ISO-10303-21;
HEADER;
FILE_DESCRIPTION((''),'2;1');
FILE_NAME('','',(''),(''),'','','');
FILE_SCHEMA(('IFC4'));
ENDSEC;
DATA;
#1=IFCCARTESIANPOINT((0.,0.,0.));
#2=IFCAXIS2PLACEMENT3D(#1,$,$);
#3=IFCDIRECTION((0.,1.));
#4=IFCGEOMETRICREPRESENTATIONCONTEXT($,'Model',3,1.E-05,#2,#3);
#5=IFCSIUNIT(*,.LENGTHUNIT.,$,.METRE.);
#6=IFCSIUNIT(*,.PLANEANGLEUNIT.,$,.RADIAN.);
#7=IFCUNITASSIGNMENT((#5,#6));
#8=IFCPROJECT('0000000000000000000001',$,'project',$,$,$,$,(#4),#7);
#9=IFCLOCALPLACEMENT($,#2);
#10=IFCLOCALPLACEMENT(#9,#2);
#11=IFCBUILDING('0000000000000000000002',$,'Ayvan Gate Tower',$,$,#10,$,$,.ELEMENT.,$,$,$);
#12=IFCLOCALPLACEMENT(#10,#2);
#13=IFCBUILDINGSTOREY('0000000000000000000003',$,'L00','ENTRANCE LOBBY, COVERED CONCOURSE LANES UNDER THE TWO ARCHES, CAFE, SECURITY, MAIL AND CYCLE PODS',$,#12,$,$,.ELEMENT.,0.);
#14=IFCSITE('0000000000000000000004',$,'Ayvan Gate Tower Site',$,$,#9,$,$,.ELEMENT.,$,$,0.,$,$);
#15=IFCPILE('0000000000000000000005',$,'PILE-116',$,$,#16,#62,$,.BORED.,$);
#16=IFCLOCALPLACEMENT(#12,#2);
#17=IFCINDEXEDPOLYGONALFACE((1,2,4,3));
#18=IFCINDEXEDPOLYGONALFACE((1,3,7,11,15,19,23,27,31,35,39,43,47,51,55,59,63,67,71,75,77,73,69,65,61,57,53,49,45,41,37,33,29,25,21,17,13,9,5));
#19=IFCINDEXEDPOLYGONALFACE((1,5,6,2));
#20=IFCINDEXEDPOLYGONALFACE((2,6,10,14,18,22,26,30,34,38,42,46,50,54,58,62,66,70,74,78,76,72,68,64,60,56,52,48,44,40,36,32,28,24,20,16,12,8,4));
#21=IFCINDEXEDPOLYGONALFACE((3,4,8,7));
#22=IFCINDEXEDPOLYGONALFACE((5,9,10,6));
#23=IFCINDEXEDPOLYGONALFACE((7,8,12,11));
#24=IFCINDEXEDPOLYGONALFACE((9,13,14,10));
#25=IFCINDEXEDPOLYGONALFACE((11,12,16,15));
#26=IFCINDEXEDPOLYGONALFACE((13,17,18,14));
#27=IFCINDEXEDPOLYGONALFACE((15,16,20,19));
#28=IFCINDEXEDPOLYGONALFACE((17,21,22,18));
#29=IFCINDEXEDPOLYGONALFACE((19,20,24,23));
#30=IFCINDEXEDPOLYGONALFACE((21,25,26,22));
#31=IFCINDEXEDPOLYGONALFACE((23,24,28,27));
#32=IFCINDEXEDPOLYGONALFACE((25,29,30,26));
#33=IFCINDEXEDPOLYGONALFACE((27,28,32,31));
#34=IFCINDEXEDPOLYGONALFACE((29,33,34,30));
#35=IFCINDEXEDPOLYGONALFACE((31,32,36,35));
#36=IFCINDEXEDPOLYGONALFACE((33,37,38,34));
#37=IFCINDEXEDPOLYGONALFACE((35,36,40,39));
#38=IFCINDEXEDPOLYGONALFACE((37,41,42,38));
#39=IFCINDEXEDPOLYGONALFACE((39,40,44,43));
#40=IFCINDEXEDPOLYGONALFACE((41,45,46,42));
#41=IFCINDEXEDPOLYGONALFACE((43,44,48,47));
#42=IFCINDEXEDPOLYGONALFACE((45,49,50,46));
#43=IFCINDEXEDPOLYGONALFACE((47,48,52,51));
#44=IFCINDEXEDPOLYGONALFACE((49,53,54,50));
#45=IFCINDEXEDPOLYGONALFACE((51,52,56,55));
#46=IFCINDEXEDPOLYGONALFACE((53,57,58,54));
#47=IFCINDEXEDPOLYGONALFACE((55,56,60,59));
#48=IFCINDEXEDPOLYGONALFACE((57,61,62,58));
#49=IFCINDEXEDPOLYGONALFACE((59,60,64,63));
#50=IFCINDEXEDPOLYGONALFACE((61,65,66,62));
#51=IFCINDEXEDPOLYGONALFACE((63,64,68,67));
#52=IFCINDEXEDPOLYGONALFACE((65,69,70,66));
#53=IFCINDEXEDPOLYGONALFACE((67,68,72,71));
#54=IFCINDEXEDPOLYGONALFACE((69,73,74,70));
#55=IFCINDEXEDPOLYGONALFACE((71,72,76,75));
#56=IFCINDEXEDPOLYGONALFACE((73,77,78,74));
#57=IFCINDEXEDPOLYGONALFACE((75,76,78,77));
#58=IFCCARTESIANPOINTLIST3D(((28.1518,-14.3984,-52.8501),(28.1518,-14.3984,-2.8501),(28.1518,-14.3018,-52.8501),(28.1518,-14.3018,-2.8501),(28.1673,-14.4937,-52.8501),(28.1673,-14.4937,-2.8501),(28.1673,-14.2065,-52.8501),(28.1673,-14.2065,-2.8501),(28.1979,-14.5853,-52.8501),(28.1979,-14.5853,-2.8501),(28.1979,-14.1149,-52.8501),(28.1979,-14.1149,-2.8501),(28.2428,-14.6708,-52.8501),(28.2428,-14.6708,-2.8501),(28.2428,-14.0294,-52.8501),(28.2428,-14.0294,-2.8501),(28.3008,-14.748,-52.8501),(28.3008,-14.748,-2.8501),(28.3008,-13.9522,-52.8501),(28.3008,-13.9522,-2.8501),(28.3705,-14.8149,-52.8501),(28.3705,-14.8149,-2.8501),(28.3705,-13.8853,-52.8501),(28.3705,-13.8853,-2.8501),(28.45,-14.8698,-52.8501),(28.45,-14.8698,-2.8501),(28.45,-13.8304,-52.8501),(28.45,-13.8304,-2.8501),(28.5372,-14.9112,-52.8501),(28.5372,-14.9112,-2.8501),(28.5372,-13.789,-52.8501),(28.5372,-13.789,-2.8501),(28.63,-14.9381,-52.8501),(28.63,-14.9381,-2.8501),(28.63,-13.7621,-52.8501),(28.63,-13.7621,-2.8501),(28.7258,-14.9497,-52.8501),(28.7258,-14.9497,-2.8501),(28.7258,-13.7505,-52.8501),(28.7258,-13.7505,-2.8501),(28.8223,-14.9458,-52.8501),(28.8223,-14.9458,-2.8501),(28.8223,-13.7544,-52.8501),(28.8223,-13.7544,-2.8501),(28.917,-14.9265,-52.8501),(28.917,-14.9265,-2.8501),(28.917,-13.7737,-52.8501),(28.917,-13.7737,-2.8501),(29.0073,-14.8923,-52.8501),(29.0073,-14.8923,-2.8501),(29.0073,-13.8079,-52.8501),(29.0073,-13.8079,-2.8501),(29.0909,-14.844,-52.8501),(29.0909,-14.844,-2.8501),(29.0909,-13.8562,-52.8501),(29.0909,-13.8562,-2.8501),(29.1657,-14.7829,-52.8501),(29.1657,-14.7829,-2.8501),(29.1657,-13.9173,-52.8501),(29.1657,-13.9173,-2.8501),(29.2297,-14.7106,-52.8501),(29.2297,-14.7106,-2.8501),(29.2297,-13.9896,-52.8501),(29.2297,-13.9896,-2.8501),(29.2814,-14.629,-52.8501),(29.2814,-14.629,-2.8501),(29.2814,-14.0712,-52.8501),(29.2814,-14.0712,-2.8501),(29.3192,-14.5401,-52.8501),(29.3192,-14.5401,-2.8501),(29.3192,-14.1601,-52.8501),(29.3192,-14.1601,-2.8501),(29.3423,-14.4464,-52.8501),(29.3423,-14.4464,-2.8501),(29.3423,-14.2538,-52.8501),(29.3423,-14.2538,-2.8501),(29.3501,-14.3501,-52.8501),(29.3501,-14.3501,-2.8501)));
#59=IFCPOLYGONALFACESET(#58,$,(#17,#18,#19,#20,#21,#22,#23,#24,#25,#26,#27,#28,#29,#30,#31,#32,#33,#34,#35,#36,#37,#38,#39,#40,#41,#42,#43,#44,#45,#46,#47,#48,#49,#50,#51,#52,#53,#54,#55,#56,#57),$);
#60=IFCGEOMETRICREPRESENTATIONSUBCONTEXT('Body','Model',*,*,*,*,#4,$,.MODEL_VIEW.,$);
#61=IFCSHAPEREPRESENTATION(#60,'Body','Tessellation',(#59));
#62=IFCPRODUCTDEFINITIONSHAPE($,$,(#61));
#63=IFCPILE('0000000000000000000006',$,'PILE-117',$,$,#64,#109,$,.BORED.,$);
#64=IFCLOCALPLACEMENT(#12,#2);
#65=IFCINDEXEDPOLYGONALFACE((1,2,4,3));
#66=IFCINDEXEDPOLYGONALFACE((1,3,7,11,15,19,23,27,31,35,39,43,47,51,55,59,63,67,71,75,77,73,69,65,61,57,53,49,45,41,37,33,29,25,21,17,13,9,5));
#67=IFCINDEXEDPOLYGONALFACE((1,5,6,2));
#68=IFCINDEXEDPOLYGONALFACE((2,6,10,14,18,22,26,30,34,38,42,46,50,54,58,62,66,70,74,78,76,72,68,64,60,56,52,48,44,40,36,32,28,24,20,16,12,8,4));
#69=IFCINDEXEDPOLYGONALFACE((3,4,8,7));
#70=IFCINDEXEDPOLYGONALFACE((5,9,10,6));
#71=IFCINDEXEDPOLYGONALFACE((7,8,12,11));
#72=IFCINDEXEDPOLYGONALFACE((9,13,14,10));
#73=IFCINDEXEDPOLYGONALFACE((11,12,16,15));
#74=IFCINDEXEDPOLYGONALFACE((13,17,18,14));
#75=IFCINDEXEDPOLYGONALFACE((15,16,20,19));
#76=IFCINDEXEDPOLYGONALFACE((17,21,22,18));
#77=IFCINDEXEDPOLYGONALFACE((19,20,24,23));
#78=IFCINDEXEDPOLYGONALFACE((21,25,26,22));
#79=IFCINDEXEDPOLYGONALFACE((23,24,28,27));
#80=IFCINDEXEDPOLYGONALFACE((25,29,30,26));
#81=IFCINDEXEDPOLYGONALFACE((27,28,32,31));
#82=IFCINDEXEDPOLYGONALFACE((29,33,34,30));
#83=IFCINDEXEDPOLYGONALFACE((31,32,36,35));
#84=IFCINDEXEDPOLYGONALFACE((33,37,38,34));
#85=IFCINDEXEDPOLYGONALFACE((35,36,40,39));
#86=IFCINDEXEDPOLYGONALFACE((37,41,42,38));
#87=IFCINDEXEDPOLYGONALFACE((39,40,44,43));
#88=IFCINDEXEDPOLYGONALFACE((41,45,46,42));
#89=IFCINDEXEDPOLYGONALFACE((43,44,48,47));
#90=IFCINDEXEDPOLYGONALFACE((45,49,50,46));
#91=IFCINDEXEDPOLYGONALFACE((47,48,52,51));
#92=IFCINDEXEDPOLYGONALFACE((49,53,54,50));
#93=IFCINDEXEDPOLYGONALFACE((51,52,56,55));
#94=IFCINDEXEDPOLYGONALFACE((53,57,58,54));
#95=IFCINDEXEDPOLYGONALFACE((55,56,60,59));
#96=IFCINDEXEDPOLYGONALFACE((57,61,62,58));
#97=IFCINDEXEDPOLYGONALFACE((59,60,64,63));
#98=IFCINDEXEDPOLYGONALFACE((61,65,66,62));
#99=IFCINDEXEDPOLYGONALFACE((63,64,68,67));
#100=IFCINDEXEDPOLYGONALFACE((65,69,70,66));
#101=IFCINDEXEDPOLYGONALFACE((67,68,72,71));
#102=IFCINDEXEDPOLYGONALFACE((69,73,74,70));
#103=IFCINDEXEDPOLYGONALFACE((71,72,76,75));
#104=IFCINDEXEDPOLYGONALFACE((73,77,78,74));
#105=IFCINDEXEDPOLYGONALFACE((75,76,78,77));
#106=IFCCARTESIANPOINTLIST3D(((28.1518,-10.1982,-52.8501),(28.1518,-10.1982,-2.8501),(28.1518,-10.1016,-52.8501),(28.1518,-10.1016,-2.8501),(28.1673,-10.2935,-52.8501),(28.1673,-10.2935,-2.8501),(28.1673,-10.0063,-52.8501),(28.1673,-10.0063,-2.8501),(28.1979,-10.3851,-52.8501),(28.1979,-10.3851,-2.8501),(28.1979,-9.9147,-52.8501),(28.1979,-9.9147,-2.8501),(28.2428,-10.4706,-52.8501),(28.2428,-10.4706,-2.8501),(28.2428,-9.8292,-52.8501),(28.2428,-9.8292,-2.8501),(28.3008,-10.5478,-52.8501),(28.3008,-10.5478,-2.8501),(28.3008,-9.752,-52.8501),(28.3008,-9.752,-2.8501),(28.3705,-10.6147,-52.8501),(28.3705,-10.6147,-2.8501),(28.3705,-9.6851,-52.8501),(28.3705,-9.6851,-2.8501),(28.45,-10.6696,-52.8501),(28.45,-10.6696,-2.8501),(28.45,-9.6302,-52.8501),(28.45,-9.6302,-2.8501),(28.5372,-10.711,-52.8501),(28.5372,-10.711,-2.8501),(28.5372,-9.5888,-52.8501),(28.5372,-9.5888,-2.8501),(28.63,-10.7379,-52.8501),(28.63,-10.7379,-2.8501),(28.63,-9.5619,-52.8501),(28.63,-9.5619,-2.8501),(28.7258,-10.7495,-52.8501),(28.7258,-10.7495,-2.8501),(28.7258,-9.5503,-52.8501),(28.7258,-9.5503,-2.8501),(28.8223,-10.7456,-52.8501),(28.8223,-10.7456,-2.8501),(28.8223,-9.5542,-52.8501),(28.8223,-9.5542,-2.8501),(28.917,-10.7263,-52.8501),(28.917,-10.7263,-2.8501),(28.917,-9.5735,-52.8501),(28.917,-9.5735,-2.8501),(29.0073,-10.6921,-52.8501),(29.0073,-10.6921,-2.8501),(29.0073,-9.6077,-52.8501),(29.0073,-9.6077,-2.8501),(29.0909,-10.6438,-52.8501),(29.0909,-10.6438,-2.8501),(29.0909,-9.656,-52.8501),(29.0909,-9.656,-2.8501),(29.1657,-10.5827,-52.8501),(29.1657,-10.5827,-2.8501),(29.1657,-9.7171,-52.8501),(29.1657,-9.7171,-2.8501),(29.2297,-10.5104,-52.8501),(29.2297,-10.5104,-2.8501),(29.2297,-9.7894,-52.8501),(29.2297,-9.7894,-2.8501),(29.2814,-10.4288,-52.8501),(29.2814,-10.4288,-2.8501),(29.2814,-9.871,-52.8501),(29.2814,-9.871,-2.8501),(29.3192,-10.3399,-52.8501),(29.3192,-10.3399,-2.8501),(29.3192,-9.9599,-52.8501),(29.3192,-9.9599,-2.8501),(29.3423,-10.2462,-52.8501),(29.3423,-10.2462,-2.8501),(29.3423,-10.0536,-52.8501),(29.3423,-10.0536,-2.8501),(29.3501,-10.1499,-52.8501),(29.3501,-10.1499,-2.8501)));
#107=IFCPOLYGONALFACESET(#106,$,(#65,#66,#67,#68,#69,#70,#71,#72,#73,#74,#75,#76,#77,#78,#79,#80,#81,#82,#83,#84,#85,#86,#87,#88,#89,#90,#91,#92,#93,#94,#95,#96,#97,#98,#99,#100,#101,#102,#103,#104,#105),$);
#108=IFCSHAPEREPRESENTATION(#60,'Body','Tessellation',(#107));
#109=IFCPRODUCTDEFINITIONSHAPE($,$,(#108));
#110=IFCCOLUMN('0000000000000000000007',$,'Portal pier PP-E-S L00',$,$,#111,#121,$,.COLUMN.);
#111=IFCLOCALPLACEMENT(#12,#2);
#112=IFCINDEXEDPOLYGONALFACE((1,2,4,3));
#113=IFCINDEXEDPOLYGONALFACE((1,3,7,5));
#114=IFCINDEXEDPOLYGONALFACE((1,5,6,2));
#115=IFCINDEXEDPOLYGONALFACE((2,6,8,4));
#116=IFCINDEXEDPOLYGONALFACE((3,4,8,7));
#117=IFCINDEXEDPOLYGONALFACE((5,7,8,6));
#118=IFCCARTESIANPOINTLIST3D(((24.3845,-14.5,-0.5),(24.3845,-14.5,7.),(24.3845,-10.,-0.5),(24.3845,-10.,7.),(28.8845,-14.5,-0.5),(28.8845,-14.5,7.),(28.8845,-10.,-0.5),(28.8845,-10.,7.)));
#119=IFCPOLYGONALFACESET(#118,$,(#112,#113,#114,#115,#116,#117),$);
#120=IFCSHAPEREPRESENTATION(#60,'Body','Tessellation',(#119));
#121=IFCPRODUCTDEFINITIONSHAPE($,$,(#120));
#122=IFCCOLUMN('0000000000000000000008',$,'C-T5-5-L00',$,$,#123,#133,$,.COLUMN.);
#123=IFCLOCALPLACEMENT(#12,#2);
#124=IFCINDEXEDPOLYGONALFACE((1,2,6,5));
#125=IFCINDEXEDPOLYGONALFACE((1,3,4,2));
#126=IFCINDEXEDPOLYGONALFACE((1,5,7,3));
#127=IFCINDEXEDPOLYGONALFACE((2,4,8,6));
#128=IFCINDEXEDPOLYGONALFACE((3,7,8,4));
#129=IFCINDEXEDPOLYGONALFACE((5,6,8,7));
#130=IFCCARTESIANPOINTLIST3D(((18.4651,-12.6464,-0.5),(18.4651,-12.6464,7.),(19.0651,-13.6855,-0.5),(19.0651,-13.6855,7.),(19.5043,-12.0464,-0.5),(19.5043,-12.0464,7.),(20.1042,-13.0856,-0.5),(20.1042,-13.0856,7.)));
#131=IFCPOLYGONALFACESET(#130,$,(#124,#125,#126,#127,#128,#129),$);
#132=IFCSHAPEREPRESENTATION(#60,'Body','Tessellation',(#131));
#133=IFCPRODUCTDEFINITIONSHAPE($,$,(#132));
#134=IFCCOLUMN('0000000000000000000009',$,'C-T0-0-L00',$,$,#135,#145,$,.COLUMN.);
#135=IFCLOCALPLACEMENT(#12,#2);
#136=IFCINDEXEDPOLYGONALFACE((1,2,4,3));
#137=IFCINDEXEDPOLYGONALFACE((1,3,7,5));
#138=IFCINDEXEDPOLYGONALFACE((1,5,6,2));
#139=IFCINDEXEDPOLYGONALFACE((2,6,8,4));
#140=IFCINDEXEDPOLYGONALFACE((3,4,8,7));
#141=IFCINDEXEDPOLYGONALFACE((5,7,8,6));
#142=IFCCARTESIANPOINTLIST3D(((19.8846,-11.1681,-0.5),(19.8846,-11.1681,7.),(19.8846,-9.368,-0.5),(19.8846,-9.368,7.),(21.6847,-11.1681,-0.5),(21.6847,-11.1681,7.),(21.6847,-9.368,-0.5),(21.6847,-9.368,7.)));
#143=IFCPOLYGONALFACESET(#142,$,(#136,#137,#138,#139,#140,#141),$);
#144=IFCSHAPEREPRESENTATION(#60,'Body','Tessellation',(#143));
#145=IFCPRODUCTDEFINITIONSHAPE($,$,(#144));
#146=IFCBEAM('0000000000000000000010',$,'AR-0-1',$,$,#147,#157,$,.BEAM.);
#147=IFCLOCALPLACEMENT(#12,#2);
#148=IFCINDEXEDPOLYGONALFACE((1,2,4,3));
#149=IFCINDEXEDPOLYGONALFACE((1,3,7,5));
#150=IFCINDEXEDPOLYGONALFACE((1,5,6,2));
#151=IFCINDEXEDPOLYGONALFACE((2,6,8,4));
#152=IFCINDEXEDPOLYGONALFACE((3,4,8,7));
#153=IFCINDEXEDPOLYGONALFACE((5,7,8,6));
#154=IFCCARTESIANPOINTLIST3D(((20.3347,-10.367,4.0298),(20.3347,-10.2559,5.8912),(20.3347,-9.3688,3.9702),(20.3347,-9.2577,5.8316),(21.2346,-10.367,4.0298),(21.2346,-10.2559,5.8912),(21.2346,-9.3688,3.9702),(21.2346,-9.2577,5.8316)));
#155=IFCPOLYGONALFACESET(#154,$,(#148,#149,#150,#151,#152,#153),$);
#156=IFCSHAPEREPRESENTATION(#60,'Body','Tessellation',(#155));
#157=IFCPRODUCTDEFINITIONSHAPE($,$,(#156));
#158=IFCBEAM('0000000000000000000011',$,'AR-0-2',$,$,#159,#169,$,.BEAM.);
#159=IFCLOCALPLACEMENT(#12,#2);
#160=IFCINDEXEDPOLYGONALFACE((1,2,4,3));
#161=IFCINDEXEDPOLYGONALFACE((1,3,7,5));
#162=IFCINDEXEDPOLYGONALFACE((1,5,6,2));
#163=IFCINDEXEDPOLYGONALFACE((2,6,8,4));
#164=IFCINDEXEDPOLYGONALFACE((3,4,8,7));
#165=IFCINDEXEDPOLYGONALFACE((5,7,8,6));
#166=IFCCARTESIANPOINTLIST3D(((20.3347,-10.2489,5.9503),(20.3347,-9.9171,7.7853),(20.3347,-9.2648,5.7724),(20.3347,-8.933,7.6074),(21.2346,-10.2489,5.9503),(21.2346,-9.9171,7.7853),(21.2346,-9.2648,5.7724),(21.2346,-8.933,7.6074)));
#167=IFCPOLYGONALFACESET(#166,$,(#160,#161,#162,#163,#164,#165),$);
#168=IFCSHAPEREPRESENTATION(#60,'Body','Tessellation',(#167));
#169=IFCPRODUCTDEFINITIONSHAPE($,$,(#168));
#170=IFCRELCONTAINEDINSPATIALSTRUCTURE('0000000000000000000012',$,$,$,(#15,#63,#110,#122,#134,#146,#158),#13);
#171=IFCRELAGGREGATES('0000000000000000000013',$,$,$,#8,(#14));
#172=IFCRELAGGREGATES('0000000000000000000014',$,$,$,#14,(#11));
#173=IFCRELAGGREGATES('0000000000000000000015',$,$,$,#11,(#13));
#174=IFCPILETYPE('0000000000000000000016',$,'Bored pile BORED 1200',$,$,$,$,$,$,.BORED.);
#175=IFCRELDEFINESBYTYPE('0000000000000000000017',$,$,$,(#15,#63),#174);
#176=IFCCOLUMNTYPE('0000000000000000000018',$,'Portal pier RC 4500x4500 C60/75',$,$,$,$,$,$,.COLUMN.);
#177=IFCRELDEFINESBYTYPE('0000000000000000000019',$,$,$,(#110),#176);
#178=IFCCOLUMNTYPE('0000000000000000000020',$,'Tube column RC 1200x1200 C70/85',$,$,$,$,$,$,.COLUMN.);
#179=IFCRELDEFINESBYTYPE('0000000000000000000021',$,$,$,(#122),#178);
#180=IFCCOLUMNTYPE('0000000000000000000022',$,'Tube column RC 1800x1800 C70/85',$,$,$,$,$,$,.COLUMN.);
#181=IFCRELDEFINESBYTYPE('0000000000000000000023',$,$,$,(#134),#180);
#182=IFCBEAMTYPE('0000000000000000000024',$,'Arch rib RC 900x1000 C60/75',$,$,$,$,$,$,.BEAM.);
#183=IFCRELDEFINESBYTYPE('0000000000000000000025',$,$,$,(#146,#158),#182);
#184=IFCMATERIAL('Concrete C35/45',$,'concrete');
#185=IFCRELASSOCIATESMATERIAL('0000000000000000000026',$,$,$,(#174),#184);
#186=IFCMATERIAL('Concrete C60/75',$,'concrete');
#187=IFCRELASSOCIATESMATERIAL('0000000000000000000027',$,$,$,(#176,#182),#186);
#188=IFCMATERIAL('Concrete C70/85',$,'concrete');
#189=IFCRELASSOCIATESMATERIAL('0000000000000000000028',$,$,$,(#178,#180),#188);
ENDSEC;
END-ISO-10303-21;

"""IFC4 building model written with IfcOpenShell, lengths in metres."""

from ifc_helpers import new_model, si_unit, direction, frame, origin, origin_2d, place, context, subcontext, project, spatial, rectangle, circle, extrude, material, material_profile, profile_set, type_object, element, save


model = new_model("IFC4")

# Units and contexts
model_context = context("Model", 3, precision=1e-05, world=origin(), true_north=direction((0.0, 1.0)))
body_context = subcontext(model_context, "Body", "Model", "MODEL_VIEW")
ifc_project = project(units=[si_unit("LENGTHUNIT", "METRE"), si_unit("PLANEANGLEUNIT", "RADIAN")], contexts=[model_context])

# Site, building, storey
site_placement = place(None, origin())
site = spatial("IfcSite", under=ifc_project, at=site_placement, Name="Ayvan Gate Tower Site", CompositionType="ELEMENT", RefElevation=0.0)
building_placement = place(site_placement, origin())
building = spatial("IfcBuilding", under=site, at=building_placement, Name="Ayvan Gate Tower", CompositionType="ELEMENT")
storey_placement = place(building_placement, origin())
storey = spatial("IfcBuildingStorey", under=building, at=storey_placement, Name="L00", Description="ENTRANCE LOBBY, COVERED CONCOURSE LANES UNDER THE TWO ARCHES, CAFE, SECURITY, MAIL AND CYCLE PODS", CompositionType="ELEMENT", Elevation=0.0)

# Piles
ifc_material_1 = material(Name="Concrete C35/45", Category="concrete")
ifc_material_profile_1 = material_profile(ifc_material_1, circle(Radius=0.6001, at=origin_2d()), Name="BORED 1200")
ifc_profile_set_1 = profile_set([ifc_material_profile_1], Name="Concrete C35/45")
pile_type = type_object("IfcPileType", Name="Bored pile BORED 1200", PredefinedType="BORED", material=ifc_profile_set_1)
for number, where, z_axis, x_axis, name in (
    (1, (28.75, -14.3501, -2.8501), (0.0, 0.0, -1.0), (1.0, 0.0, 0.0), "PILE-116"),
    (2, (28.75, -10.1499, -2.8501), (0.0, 0.0, -1.0), (1.0, 0.0, 0.0), "PILE-117"),
):
    element("IfcPile", number, at=place(storey_placement, frame(where, z_axis=z_axis, x_axis=x_axis)), inside=storey, type_object=pile_type, Name=name, PredefinedType="BORED", context=body_context, shape_type="SweptSolid", body=[
        extrude(circle(Radius=0.6001, at=origin_2d()), origin(), (0.0, 0.0, 1.0), 50.0),
    ])

# Columns
ifc_material_2 = material(Name="Concrete C60/75", Category="concrete")
ifc_material_profile_2 = material_profile(ifc_material_2, rectangle(XDim=4.5, YDim=4.5, at=origin_2d()), Name="RC 4500x4500")
ifc_profile_set_2 = profile_set([ifc_material_profile_2], Name="Concrete C60/75")
column_type_1 = type_object("IfcColumnType", Name="Portal pier RC 4500x4500 C60/75", PredefinedType="COLUMN", material=ifc_profile_set_2)
column_1_placement = place(storey_placement, frame((26.6345, -12.25, -0.5), z_axis=(0.0, 0.0, 1.0), x_axis=(1.0, 0.0, 0.0)))
element("IfcColumn", 3, at=column_1_placement, inside=storey, type_object=column_type_1, Name="Portal pier PP-E-S L00", PredefinedType="COLUMN", context=body_context, shape_type="SweptSolid", body=[
    extrude(rectangle(XDim=4.5, YDim=4.5, at=origin_2d()), origin(), (0.0, 0.0, 1.0), 7.5),
])
ifc_material_3 = material(Name="Concrete C70/85", Category="concrete")
ifc_material_profile_3 = material_profile(ifc_material_3, rectangle(XDim=1.2, YDim=1.2, at=origin_2d()), Name="RC 1200x1200")
ifc_profile_set_3 = profile_set([ifc_material_profile_3], Name="Concrete C70/85")
column_type_2 = type_object("IfcColumnType", Name="Tube column RC 1200x1200 C70/85", PredefinedType="COLUMN", material=ifc_profile_set_3)
column_2_placement = place(storey_placement, frame((19.2847, -12.866, -0.5), z_axis=(0.0, 0.0, 1.0), x_axis=(0.5, -0.866025, 0.0)))
element("IfcColumn", 4, at=column_2_placement, inside=storey, type_object=column_type_2, Name="C-T5-5-L00", PredefinedType="COLUMN", context=body_context, shape_type="SweptSolid", body=[
    extrude(rectangle(XDim=1.2, YDim=1.2, at=origin_2d()), origin(), (0.0, 0.0, 1.0), 7.5),
])
ifc_material_profile_4 = material_profile(ifc_material_3, rectangle(XDim=1.8, YDim=1.8, at=origin_2d()), Name="RC 1800x1800")
ifc_profile_set_4 = profile_set([ifc_material_profile_4], Name="Concrete C70/85")
column_type_3 = type_object("IfcColumnType", Name="Tube column RC 1800x1800 C70/85", PredefinedType="COLUMN", material=ifc_profile_set_4)
column_3_placement = place(storey_placement, frame((20.7847, -10.2681, -0.5), z_axis=(0.0, 0.0, 1.0), x_axis=(1.0, 0.0, 0.0)))
element("IfcColumn", 5, at=column_3_placement, inside=storey, type_object=column_type_3, Name="C-T0-0-L00", PredefinedType="COLUMN", context=body_context, shape_type="SweptSolid", body=[
    extrude(rectangle(XDim=1.8, YDim=1.8, at=origin_2d()), origin(), (0.0, 0.0, 1.0), 7.5),
])

# Beams
ifc_material_profile_5 = material_profile(ifc_material_2, rectangle(XDim=0.8999, YDim=1.0, at=origin_2d()), Name="RC 900x1000")
ifc_profile_set_5 = profile_set([ifc_material_profile_5], Name="Concrete C60/75")
beam_type = type_object("IfcBeamType", Name="Arch rib RC 900x1000 C60/75", PredefinedType="BEAM", material=ifc_profile_set_5)
for number, where, z_axis, x_axis, name in (
    (6, (20.7847, -9.8679, 4.0), (0.0, 0.059574, 0.998224), (-1.0, 0.0, 0.0), "AR-0-1"),
    (7, (20.7847, -9.7568, 5.8613), (0.0, 0.177929, 0.984043), (-1.0, 0.0, 0.0), "AR-0-2"),
):
    element("IfcBeam", number, at=place(storey_placement, frame(where, z_axis=z_axis, x_axis=x_axis)), inside=storey, type_object=beam_type, Name=name, PredefinedType="BEAM", context=body_context, shape_type="SweptSolid", body=[
        extrude(rectangle(XDim=0.8999, YDim=1.0, at=origin_2d()), origin(), (0.0, 0.0, 1.0), 1.8647),
    ])

save(model, "model.ifc")
